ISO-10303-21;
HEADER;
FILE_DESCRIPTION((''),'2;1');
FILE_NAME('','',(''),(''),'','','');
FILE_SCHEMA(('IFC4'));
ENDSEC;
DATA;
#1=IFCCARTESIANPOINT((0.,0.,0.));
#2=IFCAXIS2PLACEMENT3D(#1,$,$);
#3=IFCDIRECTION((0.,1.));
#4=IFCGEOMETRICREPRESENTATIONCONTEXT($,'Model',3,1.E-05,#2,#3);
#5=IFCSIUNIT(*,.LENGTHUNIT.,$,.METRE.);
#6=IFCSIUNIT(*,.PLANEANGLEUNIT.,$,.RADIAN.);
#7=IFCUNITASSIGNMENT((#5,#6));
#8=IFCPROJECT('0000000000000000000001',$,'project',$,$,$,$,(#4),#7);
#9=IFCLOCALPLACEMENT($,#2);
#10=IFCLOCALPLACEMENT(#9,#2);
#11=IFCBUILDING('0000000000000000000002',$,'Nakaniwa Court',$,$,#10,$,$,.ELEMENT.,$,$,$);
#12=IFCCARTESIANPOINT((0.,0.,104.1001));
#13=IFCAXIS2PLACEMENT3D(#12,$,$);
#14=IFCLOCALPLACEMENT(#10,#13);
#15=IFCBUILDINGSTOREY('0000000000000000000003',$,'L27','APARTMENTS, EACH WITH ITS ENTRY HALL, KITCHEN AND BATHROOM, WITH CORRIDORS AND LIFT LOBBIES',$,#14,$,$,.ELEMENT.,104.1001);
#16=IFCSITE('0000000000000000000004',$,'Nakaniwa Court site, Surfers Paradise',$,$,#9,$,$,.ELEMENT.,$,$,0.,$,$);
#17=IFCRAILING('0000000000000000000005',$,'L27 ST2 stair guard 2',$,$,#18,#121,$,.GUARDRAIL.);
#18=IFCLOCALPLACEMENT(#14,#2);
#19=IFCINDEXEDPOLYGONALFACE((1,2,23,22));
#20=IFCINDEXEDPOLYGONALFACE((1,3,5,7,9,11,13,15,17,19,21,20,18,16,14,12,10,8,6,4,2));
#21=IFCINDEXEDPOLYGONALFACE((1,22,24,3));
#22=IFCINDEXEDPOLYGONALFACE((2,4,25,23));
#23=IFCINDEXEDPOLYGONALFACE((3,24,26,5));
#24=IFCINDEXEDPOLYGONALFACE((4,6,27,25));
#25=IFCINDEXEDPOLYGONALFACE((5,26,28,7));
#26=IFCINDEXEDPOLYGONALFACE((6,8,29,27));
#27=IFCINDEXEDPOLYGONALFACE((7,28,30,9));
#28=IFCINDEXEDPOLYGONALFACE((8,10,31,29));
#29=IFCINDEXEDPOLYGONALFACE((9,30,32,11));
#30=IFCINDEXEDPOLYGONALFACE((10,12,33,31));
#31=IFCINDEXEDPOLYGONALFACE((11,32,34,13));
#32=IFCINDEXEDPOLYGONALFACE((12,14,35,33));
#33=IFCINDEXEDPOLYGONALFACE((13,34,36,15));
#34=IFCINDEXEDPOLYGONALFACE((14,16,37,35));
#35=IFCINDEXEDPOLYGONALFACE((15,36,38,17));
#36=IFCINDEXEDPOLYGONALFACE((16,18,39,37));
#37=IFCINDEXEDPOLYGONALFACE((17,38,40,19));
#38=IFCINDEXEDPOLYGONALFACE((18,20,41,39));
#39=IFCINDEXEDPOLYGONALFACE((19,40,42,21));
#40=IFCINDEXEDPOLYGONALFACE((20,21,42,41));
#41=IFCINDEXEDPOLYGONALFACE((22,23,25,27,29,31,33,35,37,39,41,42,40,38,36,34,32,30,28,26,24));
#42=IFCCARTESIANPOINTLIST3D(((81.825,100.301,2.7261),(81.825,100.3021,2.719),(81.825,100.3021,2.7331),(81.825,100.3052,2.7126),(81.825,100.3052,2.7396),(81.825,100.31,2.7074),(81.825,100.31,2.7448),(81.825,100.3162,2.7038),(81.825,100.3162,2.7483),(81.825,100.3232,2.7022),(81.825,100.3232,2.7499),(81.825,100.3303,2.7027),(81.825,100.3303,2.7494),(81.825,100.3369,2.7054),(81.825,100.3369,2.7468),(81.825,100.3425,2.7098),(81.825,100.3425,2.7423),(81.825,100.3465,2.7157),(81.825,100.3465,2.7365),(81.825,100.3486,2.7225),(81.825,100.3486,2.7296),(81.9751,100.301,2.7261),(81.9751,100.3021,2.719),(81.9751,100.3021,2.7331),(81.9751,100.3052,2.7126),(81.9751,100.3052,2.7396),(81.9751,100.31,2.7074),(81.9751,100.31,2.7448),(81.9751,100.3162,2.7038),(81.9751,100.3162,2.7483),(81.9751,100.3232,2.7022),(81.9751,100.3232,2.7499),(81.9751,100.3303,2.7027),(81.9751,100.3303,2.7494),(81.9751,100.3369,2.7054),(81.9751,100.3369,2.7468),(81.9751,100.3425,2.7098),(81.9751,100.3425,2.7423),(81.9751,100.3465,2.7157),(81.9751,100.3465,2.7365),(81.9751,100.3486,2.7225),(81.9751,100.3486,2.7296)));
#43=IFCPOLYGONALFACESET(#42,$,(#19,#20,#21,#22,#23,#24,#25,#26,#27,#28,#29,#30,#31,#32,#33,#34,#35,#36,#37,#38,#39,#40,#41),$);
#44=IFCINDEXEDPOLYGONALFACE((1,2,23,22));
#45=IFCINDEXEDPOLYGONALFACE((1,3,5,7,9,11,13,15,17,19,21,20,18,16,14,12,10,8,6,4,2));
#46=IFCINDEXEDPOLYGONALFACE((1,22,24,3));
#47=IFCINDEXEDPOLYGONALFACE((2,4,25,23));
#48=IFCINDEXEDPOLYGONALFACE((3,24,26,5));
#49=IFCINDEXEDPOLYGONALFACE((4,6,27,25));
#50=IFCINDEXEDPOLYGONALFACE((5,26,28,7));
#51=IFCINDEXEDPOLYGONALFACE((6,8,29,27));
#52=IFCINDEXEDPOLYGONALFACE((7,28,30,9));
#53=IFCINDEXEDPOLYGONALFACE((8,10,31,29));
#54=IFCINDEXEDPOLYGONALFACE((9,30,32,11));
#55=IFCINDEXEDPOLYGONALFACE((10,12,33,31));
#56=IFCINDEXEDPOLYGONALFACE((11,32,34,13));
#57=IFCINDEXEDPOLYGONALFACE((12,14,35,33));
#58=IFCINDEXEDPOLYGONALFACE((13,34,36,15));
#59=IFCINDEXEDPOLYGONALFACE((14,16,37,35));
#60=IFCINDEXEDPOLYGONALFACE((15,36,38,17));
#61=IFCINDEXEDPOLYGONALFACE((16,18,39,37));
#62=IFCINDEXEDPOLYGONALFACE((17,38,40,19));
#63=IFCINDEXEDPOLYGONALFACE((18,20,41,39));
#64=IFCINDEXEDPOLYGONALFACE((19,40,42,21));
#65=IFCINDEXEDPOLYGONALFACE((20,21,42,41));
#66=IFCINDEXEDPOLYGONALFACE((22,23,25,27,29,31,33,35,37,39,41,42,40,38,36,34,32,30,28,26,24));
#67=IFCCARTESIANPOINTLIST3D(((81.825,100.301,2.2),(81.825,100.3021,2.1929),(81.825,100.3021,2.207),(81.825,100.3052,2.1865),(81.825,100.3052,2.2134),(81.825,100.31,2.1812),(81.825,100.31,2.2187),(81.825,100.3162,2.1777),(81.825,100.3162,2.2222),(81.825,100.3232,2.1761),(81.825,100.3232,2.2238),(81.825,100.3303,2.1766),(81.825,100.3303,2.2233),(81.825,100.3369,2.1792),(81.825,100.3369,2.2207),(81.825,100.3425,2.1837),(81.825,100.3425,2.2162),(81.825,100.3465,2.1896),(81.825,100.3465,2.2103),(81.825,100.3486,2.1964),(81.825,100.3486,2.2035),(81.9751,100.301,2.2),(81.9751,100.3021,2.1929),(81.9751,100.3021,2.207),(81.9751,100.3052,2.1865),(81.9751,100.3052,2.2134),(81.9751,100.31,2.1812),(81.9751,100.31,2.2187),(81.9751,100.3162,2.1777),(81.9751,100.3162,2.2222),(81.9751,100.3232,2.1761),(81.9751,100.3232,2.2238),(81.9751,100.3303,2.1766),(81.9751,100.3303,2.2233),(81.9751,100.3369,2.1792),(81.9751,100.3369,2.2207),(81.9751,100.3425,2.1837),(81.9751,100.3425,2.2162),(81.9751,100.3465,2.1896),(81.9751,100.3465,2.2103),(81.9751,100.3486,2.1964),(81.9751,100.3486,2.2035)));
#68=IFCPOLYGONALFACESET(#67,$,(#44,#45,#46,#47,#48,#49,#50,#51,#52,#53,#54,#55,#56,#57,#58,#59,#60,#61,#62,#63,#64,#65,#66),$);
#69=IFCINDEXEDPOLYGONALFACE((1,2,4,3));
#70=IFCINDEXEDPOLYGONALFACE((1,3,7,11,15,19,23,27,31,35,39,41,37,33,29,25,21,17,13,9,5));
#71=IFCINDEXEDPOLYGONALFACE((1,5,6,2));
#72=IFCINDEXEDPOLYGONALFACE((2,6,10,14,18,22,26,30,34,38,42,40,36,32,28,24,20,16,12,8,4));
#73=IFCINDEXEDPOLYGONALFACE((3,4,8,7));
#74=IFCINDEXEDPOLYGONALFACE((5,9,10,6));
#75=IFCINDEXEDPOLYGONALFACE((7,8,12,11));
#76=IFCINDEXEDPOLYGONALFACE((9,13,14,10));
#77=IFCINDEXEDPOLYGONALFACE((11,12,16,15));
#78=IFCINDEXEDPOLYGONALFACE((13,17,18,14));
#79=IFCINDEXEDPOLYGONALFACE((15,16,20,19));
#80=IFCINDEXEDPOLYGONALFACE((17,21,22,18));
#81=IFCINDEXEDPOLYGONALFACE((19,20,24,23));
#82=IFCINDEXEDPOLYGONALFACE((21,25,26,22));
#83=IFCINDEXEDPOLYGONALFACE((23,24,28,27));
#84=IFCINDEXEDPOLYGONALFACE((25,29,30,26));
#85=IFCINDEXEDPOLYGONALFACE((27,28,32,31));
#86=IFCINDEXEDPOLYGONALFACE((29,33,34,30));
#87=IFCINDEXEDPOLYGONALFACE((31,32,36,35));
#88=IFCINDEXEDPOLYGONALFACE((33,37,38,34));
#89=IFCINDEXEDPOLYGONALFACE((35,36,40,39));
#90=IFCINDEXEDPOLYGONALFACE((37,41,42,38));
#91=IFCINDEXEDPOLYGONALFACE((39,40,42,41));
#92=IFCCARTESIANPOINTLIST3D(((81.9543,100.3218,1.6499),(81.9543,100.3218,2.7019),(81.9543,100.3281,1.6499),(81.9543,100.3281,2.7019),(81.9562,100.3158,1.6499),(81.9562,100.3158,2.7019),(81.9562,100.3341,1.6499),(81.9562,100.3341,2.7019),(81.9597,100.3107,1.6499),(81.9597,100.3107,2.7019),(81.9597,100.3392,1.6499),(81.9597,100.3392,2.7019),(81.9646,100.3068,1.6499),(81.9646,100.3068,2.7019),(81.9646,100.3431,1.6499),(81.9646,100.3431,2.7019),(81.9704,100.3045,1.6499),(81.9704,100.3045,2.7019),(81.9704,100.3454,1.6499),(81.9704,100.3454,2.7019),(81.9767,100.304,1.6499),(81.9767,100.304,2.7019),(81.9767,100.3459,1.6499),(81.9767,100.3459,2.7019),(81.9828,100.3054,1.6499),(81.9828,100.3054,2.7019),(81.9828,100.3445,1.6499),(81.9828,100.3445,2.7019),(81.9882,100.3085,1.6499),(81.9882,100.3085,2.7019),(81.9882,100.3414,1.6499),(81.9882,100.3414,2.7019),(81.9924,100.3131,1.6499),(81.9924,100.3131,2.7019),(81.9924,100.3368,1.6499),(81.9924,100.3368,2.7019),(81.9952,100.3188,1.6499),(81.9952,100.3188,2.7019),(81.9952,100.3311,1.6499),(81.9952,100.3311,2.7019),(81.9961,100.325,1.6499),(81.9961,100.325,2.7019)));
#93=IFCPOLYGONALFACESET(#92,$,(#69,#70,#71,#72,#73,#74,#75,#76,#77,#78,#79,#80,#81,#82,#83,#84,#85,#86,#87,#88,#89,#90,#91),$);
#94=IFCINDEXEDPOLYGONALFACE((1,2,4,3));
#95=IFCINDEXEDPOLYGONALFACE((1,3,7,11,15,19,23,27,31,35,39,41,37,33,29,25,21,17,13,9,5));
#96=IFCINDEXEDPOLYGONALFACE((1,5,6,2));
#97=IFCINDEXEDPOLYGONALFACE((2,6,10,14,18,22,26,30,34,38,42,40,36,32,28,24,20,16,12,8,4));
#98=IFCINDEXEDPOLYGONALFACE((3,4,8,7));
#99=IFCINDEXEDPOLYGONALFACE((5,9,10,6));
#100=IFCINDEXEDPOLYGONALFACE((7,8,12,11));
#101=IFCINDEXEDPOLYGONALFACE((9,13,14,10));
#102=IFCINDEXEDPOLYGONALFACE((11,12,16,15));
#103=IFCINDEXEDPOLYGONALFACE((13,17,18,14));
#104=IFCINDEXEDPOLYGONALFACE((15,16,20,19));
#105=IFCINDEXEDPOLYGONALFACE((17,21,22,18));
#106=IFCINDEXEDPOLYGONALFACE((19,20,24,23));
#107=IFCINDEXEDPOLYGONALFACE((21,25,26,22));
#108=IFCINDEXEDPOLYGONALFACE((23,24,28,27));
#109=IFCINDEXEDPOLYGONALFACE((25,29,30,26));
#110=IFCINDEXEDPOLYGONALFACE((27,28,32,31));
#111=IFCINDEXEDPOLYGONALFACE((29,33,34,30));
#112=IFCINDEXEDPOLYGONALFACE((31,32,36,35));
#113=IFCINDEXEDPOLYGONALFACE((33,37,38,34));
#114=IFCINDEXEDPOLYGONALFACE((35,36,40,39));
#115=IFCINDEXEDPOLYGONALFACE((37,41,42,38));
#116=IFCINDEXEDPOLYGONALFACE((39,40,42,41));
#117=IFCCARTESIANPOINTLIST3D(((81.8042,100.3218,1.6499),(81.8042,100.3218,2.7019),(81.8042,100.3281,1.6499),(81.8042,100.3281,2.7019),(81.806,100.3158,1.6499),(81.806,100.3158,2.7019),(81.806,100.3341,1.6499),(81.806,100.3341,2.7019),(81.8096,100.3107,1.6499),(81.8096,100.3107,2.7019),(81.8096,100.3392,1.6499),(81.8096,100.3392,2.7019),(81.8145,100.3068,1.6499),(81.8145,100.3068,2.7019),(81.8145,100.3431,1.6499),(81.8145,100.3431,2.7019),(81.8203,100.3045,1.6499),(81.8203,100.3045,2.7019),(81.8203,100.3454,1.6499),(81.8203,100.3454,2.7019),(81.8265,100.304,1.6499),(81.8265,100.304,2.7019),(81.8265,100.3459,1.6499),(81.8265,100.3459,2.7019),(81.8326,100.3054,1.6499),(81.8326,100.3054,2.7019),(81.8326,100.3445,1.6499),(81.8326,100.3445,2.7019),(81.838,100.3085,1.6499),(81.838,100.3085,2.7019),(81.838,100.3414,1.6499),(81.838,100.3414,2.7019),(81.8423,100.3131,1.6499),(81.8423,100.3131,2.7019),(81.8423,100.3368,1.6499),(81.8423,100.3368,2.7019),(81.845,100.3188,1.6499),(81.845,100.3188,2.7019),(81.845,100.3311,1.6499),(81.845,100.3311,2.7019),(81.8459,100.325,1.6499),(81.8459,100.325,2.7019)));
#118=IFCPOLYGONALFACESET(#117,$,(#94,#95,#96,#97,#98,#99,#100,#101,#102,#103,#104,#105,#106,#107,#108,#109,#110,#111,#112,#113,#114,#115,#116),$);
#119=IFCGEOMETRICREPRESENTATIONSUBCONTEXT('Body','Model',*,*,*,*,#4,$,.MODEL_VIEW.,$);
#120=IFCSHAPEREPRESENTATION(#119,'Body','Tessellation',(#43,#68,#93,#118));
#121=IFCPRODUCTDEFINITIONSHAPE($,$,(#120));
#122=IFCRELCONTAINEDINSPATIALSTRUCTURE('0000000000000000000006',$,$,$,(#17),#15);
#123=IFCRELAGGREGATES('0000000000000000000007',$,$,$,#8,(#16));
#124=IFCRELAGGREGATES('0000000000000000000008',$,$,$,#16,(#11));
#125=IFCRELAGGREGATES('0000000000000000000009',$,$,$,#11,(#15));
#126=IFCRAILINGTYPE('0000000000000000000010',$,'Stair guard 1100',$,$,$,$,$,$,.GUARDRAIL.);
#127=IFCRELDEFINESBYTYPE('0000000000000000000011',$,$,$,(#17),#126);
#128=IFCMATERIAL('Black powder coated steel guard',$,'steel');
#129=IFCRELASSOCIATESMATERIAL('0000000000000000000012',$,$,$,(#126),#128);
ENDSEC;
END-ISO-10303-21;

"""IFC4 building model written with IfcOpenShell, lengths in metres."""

from ifc_helpers import new_model, si_unit, direction, frame, origin, origin_2d, place, context, subcontext, project, spatial, circle, extrude, material, type_object, element, save


model = new_model("IFC4")

# Units and contexts
model_context = context("Model", 3, precision=1e-05, world=origin(), true_north=direction((0.0, 1.0)))
body_context = subcontext(model_context, "Body", "Model", "MODEL_VIEW")
ifc_project = project(units=[si_unit("LENGTHUNIT", "METRE"), si_unit("PLANEANGLEUNIT", "RADIAN")], contexts=[model_context])

# Site, building, storey
site_placement = place(None, origin())
site = spatial("IfcSite", under=ifc_project, at=site_placement, Name="Nakaniwa Court site, Surfers Paradise", CompositionType="ELEMENT", RefElevation=0.0)
building_placement = place(site_placement, origin())
building = spatial("IfcBuilding", under=site, at=building_placement, Name="Nakaniwa Court", CompositionType="ELEMENT")
storey_placement = place(building_placement, frame((0.0, 0.0, 104.1001)))
storey = spatial("IfcBuildingStorey", under=building, at=storey_placement, Name="L27", Description="APARTMENTS, EACH WITH ITS ENTRY HALL, KITCHEN AND BATHROOM, WITH CORRIDORS AND LIFT LOBBIES", CompositionType="ELEMENT", Elevation=104.1001)

# Railing
ifc_material_1 = material(Name="Black powder coated steel guard", Category="steel")
railing_type_1 = type_object("IfcRailingType", Name="Stair guard 1100", PredefinedType="GUARDRAIL", material=ifc_material_1)
railing_1_placement = place(storey_placement, frame((81.9751, 100.325, 1.6499)))
element("IfcRailing", 1, at=railing_1_placement, inside=storey, type_object=railing_type_1, Name="L27 ST2 stair guard 2", PredefinedType="GUARDRAIL", context=body_context, shape_type="SweptSolid", body=[
    extrude(circle(Radius=0.0239, at=origin_2d()), frame((0.0, 0.0, 1.0762), z_axis=(-1.0, 0.0, 0.0), x_axis=(0.0, -1.0, 0.0)), (0.0, 0.0, 1.0), 0.1501),
    extrude(circle(Radius=0.0239, at=origin_2d()), frame((0.0, 0.0, 0.55), z_axis=(-1.0, 0.0, 0.0), x_axis=(0.0, -1.0, 0.0)), (0.0, 0.0, 1.0), 0.1501),
    extrude(circle(Radius=0.021, at=origin_2d()), origin(), (0.0, 0.0, 1.0), 1.052),
    extrude(circle(Radius=0.021, at=origin_2d()), frame((-0.1501, 0.0, 0.0)), (0.0, 0.0, 1.0), 1.052),
])

save(model, "model.ifc")
